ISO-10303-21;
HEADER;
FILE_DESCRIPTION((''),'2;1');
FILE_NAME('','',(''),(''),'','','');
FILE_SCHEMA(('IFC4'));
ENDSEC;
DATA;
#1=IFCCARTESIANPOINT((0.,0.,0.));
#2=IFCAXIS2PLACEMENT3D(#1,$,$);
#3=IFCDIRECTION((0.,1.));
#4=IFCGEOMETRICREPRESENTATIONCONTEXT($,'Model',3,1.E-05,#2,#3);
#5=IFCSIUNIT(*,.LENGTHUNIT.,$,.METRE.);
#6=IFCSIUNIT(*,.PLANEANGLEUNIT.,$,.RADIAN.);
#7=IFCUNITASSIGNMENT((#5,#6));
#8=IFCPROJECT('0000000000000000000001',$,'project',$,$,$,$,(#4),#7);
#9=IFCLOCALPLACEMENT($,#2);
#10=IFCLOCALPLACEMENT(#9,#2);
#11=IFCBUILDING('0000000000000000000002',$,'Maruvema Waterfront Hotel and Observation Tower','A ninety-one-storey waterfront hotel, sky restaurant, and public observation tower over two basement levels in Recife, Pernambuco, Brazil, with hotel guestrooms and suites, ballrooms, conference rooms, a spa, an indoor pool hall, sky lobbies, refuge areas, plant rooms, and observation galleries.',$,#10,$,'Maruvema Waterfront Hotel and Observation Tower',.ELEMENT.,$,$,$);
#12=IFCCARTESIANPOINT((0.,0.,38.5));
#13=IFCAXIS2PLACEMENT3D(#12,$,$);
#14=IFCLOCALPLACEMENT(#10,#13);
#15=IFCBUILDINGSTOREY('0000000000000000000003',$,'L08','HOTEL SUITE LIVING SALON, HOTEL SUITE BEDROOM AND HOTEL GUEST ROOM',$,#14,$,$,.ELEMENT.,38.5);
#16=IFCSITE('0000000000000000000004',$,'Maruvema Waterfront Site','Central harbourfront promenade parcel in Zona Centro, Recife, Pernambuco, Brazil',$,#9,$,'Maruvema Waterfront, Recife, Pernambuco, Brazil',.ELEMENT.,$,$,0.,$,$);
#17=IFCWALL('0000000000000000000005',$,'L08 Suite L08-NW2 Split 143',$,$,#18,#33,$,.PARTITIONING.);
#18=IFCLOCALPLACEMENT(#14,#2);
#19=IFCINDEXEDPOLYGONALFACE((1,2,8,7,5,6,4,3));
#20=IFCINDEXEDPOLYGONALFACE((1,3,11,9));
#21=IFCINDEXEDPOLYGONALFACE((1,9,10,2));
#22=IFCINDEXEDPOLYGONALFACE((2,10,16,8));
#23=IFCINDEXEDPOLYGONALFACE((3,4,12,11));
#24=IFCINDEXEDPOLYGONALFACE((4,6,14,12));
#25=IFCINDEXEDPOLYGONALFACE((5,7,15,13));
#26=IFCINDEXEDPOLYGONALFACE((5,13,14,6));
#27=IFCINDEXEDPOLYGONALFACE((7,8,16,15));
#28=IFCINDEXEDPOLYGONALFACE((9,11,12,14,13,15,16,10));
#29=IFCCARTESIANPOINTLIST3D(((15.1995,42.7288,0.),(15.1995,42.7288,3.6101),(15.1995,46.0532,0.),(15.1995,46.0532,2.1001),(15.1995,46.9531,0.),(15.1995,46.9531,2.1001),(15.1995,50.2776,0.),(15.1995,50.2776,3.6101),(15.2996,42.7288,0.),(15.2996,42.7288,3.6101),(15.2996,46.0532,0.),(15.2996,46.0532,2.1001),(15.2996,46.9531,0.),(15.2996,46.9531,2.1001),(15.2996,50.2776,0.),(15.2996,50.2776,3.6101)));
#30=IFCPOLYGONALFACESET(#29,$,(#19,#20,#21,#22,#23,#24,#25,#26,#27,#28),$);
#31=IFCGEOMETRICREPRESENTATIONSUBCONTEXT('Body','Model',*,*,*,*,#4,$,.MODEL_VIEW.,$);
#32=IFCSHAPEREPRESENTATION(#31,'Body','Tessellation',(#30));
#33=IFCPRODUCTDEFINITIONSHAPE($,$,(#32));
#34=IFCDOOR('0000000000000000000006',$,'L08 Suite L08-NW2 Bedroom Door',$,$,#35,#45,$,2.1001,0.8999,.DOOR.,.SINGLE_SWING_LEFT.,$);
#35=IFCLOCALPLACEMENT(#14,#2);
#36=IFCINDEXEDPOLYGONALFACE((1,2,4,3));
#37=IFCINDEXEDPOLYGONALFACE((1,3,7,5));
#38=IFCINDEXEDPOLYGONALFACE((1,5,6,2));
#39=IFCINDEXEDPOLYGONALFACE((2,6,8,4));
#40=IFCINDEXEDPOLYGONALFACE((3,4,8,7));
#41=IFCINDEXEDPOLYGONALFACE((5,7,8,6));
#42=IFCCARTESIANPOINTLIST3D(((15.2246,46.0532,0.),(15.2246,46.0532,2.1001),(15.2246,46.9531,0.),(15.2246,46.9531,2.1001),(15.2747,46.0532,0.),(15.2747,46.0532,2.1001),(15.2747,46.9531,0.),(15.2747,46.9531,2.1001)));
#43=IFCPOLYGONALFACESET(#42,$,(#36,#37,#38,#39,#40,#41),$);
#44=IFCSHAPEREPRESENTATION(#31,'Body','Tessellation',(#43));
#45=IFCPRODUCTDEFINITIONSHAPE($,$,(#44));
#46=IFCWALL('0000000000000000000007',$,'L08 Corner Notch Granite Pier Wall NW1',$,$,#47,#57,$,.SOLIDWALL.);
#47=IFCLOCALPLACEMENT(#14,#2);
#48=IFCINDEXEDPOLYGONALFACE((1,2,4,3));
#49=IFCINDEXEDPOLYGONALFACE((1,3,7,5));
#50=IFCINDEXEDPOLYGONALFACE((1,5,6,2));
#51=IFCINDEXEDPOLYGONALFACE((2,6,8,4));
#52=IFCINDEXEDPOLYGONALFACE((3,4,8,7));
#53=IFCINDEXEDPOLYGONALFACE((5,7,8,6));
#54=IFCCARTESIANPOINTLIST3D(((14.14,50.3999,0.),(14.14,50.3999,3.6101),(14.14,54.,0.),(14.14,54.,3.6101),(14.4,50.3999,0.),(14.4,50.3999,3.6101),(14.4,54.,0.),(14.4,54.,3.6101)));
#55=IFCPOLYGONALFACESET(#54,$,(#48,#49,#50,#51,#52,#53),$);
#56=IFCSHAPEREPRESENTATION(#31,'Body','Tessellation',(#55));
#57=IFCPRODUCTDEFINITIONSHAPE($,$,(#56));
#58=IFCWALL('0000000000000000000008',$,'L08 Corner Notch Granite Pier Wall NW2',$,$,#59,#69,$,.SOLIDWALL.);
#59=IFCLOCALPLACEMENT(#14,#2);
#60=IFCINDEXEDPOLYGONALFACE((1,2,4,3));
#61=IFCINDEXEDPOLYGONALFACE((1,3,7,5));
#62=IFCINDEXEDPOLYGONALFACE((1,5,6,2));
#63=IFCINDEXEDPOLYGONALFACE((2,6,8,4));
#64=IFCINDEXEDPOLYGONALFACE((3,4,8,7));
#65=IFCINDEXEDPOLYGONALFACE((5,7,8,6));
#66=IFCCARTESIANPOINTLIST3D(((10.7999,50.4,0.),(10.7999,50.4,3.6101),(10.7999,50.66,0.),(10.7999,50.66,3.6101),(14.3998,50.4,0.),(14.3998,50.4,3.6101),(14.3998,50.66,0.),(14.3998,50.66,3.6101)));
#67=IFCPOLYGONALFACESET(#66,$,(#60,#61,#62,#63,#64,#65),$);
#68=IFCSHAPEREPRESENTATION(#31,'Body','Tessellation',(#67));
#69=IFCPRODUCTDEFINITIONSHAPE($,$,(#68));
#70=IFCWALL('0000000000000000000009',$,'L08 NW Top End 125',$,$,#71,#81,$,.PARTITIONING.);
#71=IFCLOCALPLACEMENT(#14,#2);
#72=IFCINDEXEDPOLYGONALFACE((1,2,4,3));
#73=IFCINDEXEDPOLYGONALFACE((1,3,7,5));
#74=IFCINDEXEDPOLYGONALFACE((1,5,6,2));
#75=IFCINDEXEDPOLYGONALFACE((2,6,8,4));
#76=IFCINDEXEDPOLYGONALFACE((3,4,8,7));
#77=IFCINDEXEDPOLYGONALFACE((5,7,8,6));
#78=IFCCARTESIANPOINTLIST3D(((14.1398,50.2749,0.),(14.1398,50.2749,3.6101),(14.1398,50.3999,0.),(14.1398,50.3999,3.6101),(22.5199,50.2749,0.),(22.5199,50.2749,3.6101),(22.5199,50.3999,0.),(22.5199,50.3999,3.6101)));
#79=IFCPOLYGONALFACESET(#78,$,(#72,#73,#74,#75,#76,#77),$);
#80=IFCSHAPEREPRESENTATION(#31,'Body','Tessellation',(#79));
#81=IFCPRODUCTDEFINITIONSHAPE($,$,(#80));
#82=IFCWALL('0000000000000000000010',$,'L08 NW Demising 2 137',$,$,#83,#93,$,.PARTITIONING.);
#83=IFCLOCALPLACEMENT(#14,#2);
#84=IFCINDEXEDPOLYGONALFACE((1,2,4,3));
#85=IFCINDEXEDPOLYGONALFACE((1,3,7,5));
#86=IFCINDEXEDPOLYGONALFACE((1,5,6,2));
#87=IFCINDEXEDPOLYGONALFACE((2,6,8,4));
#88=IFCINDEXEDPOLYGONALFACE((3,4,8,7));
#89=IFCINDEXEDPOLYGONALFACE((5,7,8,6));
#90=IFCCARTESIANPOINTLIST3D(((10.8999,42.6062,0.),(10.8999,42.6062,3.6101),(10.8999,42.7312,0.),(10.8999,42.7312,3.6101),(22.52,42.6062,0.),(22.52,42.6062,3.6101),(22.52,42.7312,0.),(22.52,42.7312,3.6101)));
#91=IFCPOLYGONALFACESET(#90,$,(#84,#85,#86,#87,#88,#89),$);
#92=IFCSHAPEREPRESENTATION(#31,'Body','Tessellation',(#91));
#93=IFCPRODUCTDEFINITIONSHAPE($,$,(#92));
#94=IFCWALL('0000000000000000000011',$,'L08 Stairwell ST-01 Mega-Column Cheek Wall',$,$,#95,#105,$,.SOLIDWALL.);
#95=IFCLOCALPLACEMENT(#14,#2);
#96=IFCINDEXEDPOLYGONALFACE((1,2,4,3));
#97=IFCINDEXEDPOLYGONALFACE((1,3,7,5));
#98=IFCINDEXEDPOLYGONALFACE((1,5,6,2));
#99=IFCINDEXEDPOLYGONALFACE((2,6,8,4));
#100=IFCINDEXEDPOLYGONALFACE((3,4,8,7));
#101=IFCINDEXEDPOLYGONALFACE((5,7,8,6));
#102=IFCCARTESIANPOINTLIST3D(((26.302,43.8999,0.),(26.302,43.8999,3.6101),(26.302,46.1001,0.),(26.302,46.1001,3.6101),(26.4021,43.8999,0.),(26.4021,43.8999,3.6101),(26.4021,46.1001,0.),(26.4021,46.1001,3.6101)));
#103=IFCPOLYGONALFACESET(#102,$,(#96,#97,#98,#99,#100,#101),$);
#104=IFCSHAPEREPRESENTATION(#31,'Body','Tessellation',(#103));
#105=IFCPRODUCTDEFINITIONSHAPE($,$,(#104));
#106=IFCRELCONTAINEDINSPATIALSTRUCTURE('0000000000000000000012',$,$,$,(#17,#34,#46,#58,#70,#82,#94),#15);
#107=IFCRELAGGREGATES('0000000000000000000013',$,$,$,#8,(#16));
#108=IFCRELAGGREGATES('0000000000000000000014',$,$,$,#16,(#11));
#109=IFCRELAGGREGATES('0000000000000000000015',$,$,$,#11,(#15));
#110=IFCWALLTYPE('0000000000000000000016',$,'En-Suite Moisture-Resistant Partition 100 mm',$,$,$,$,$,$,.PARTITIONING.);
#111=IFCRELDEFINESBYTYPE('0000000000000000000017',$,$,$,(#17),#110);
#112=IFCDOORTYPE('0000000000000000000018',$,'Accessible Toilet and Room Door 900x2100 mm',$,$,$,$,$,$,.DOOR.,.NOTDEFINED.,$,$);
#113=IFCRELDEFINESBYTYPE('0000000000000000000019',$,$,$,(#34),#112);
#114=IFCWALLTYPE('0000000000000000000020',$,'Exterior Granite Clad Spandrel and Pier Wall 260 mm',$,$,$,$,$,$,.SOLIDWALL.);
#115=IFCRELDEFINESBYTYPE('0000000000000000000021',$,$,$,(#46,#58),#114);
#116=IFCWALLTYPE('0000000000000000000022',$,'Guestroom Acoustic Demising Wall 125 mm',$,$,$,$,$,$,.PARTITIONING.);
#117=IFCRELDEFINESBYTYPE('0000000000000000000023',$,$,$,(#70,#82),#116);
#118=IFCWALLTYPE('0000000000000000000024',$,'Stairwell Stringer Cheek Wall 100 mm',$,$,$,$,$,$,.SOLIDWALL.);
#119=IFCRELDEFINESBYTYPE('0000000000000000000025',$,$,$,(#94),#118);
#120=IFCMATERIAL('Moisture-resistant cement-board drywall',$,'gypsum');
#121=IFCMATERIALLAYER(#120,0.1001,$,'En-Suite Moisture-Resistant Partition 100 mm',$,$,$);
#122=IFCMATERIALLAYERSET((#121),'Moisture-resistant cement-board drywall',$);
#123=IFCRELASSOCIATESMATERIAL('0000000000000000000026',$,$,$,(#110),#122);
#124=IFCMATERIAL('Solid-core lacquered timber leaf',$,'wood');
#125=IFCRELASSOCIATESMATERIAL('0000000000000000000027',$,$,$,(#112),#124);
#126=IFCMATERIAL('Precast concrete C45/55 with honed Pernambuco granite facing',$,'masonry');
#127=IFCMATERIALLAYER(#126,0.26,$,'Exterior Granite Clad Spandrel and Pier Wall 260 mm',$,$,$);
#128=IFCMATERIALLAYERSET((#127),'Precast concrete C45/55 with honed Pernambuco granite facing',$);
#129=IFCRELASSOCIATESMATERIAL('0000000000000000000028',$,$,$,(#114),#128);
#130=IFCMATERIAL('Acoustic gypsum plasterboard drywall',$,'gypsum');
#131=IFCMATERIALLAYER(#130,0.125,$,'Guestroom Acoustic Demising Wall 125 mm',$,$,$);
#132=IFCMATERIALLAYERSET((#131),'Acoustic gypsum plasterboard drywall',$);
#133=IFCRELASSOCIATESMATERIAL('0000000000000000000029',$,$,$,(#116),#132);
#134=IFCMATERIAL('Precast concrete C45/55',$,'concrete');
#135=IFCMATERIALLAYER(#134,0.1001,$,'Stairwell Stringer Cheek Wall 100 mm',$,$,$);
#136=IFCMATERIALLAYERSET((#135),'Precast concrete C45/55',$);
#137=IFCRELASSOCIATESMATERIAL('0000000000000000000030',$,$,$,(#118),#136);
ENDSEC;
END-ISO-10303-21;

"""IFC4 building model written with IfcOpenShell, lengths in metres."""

from ifc_helpers import new_model, si_unit, direction, frame, frame_2d, origin, place, context, subcontext, project, spatial, rectangle, extrude, material, layer, layer_set, type_object, element, fill, save


model = new_model("IFC4")

# Units and contexts
model_context = context("Model", 3, precision=1e-05, world=origin(), true_north=direction((0.0, 1.0)))
body_context = subcontext(model_context, "Body", "Model", "MODEL_VIEW")
ifc_project = project(units=[si_unit("LENGTHUNIT", "METRE"), si_unit("PLANEANGLEUNIT", "RADIAN")], contexts=[model_context])

# Site, building, storey
site_placement = place(None, origin())
site = spatial("IfcSite", under=ifc_project, at=site_placement, Name="Maruvema Waterfront Site", Description="Central harbourfront promenade parcel in Zona Centro, Recife, Pernambuco, Brazil", LongName="Maruvema Waterfront, Recife, Pernambuco, Brazil", CompositionType="ELEMENT", RefElevation=0.0)
building_placement = place(site_placement, origin())
building = spatial("IfcBuilding", under=site, at=building_placement, Name="Maruvema Waterfront Hotel and Observation Tower", Description="A ninety-one-storey waterfront hotel, sky restaurant, and public observation tower over two basement levels in Recife, Pernambuco, Brazil, with hotel guestrooms and suites, ballrooms, conference rooms, a spa, an indoor pool hall, sky lobbies, refuge areas, plant rooms, and observation galleries.", LongName="Maruvema Waterfront Hotel and Observation Tower", CompositionType="ELEMENT")
storey_placement = place(building_placement, frame((0.0, 0.0, 38.5)))
storey = spatial("IfcBuildingStorey", under=building, at=storey_placement, Name="L08", Description="HOTEL SUITE LIVING SALON, HOTEL SUITE BEDROOM AND HOTEL GUEST ROOM", CompositionType="ELEMENT", Elevation=38.5)

# Shared definitions
ifc_material_1 = material(Name="Moisture-resistant cement-board drywall", Category="gypsum")
ifc_layer_1 = layer(ifc_material_1, 0.1001, Name="En-Suite Moisture-Resistant Partition 100 mm")
ifc_layer_set_1 = layer_set([ifc_layer_1], Name="Moisture-resistant cement-board drywall")
wall_type_1 = type_object("IfcWallType", Name="En-Suite Moisture-Resistant Partition 100 mm", PredefinedType="PARTITIONING", material=ifc_layer_set_1)

# Wall, opening, door
wall_1_placement = place(storey_placement, frame((15.2495, 42.7288, 0.0), z_axis=(0.0, 0.0, 1.0), x_axis=(0.0, 1.0, 0.0)))
wall_1 = element("IfcWall", 1, at=wall_1_placement, inside=storey, type_object=wall_type_1, Name="L08 Suite L08-NW2 Split 143", PredefinedType="PARTITIONING", context=body_context, shape_type="SweptSolid", body=[
    extrude(rectangle(XDim=7.5488, YDim=0.1001, at=frame_2d((3.7744, 0.0))), origin(), (0.0, 0.0, 1.0), 3.6101),
])
opening_1_placement = place(wall_1_placement, frame((3.3245, 0.0, 0.0)))
opening_1 = element("IfcOpeningElement", 2, at=opening_1_placement, cuts=wall_1, PredefinedType="OPENING", context=body_context, shape_type="SweptSolid", body=[
    extrude(rectangle(XDim=0.8999, YDim=2.1001, at=frame_2d((0.45, 1.05))), frame((0.0, 0.0601, 0.0), z_axis=(0.0, -1.0, 0.0), x_axis=(1.0, 0.0, 0.0)), (0.0, 0.0, 1.0), 0.1201),
])
ifc_material_2 = material(Name="Solid-core lacquered timber leaf", Category="wood")
door_type_1 = type_object("IfcDoorType", Name="Accessible Toilet and Room Door 900x2100 mm", OperationType="NOTDEFINED", PredefinedType="DOOR", material=ifc_material_2)
door_1_placement = place(opening_1_placement, origin())
door_1 = element("IfcDoor", 3, at=door_1_placement, inside=storey, type_object=door_type_1, Name="L08 Suite L08-NW2 Bedroom Door", OperationType="SINGLE_SWING_LEFT", OverallHeight=2.1001, OverallWidth=0.8999, PredefinedType="DOOR", context=body_context, shape_type="SweptSolid", body=[
    extrude(rectangle(XDim=0.8999, YDim=2.1001, at=frame_2d((0.45, 1.05))), frame((0.0, 0.0249, 0.0), z_axis=(0.0, -1.0, 0.0), x_axis=(1.0, 0.0, 0.0)), (0.0, 0.0, 1.0), 0.05),
])
fill(opening_1, door_1)

# Walls
ifc_material_3 = material(Name="Precast concrete C45/55 with honed Pernambuco granite facing", Category="masonry")
ifc_layer_2 = layer(ifc_material_3, 0.26, Name="Exterior Granite Clad Spandrel and Pier Wall 260 mm")
ifc_layer_set_2 = layer_set([ifc_layer_2], Name="Precast concrete C45/55 with honed Pernambuco granite facing")
wall_type_2 = type_object("IfcWallType", Name="Exterior Granite Clad Spandrel and Pier Wall 260 mm", PredefinedType="SOLIDWALL", material=ifc_layer_set_2)
wall_2_placement = place(storey_placement, frame((14.27, 50.3999, 0.0), z_axis=(0.0, 0.0, 1.0), x_axis=(0.0, 1.0, 0.0)))
element("IfcWall", 4, at=wall_2_placement, inside=storey, type_object=wall_type_2, Name="L08 Corner Notch Granite Pier Wall NW1", PredefinedType="SOLIDWALL", context=body_context, shape_type="SweptSolid", body=[
    extrude(rectangle(XDim=3.6001, YDim=0.26, at=frame_2d((1.8, 0.0))), origin(), (0.0, 0.0, 1.0), 3.6101),
])
wall_3_placement = place(storey_placement, frame((10.8, 50.53, 0.0), z_axis=(0.0, 0.0, 1.0), x_axis=(1.0, 0.0, 0.0)))
element("IfcWall", 5, at=wall_3_placement, inside=storey, type_object=wall_type_2, Name="L08 Corner Notch Granite Pier Wall NW2", PredefinedType="SOLIDWALL", context=body_context, shape_type="SweptSolid", body=[
    extrude(rectangle(XDim=3.5999, YDim=0.26, at=frame_2d((1.7998, 0.0))), origin(), (0.0, 0.0, 1.0), 3.6101),
])
ifc_material_4 = material(Name="Acoustic gypsum plasterboard drywall", Category="gypsum")
ifc_layer_3 = layer(ifc_material_4, 0.125, Name="Guestroom Acoustic Demising Wall 125 mm")
ifc_layer_set_3 = layer_set([ifc_layer_3], Name="Acoustic gypsum plasterboard drywall")
wall_type_3 = type_object("IfcWallType", Name="Guestroom Acoustic Demising Wall 125 mm", PredefinedType="PARTITIONING", material=ifc_layer_set_3)
wall_4_placement = place(storey_placement, frame((14.1399, 50.3374, 0.0), z_axis=(0.0, 0.0, 1.0), x_axis=(1.0, 0.0, 0.0)))
element("IfcWall", 6, at=wall_4_placement, inside=storey, type_object=wall_type_3, Name="L08 NW Top End 125", PredefinedType="PARTITIONING", context=body_context, shape_type="SweptSolid", body=[
    extrude(rectangle(XDim=8.3801, YDim=0.125, at=frame_2d((4.1899, 0.0))), origin(), (0.0, 0.0, 1.0), 3.6101),
])
wall_5_placement = place(storey_placement, frame((10.8999, 42.6687, 0.0), z_axis=(0.0, 0.0, 1.0), x_axis=(1.0, 0.0, 0.0)))
element("IfcWall", 7, at=wall_5_placement, inside=storey, type_object=wall_type_3, Name="L08 NW Demising 2 137", PredefinedType="PARTITIONING", context=body_context, shape_type="SweptSolid", body=[
    extrude(rectangle(XDim=11.6201, YDim=0.125, at=frame_2d((5.8101, 0.0))), origin(), (0.0, 0.0, 1.0), 3.6101),
])
ifc_material_5 = material(Name="Precast concrete C45/55", Category="concrete")
ifc_layer_4 = layer(ifc_material_5, 0.1001, Name="Stairwell Stringer Cheek Wall 100 mm")
ifc_layer_set_4 = layer_set([ifc_layer_4], Name="Precast concrete C45/55")
wall_type_4 = type_object("IfcWallType", Name="Stairwell Stringer Cheek Wall 100 mm", PredefinedType="SOLIDWALL", material=ifc_layer_set_4)
wall_6_placement = place(storey_placement, frame((26.3521, 43.8999, 0.0), z_axis=(0.0, 0.0, 1.0), x_axis=(0.0, 1.0, 0.0)))
element("IfcWall", 8, at=wall_6_placement, inside=storey, type_object=wall_type_4, Name="L08 Stairwell ST-01 Mega-Column Cheek Wall", PredefinedType="SOLIDWALL", context=body_context, shape_type="SweptSolid", body=[
    extrude(rectangle(XDim=2.2002, YDim=0.1001, at=frame_2d((1.1001, 0.0))), origin(), (0.0, 0.0, 1.0), 3.6101),
])

save(model, "model.ifc")
